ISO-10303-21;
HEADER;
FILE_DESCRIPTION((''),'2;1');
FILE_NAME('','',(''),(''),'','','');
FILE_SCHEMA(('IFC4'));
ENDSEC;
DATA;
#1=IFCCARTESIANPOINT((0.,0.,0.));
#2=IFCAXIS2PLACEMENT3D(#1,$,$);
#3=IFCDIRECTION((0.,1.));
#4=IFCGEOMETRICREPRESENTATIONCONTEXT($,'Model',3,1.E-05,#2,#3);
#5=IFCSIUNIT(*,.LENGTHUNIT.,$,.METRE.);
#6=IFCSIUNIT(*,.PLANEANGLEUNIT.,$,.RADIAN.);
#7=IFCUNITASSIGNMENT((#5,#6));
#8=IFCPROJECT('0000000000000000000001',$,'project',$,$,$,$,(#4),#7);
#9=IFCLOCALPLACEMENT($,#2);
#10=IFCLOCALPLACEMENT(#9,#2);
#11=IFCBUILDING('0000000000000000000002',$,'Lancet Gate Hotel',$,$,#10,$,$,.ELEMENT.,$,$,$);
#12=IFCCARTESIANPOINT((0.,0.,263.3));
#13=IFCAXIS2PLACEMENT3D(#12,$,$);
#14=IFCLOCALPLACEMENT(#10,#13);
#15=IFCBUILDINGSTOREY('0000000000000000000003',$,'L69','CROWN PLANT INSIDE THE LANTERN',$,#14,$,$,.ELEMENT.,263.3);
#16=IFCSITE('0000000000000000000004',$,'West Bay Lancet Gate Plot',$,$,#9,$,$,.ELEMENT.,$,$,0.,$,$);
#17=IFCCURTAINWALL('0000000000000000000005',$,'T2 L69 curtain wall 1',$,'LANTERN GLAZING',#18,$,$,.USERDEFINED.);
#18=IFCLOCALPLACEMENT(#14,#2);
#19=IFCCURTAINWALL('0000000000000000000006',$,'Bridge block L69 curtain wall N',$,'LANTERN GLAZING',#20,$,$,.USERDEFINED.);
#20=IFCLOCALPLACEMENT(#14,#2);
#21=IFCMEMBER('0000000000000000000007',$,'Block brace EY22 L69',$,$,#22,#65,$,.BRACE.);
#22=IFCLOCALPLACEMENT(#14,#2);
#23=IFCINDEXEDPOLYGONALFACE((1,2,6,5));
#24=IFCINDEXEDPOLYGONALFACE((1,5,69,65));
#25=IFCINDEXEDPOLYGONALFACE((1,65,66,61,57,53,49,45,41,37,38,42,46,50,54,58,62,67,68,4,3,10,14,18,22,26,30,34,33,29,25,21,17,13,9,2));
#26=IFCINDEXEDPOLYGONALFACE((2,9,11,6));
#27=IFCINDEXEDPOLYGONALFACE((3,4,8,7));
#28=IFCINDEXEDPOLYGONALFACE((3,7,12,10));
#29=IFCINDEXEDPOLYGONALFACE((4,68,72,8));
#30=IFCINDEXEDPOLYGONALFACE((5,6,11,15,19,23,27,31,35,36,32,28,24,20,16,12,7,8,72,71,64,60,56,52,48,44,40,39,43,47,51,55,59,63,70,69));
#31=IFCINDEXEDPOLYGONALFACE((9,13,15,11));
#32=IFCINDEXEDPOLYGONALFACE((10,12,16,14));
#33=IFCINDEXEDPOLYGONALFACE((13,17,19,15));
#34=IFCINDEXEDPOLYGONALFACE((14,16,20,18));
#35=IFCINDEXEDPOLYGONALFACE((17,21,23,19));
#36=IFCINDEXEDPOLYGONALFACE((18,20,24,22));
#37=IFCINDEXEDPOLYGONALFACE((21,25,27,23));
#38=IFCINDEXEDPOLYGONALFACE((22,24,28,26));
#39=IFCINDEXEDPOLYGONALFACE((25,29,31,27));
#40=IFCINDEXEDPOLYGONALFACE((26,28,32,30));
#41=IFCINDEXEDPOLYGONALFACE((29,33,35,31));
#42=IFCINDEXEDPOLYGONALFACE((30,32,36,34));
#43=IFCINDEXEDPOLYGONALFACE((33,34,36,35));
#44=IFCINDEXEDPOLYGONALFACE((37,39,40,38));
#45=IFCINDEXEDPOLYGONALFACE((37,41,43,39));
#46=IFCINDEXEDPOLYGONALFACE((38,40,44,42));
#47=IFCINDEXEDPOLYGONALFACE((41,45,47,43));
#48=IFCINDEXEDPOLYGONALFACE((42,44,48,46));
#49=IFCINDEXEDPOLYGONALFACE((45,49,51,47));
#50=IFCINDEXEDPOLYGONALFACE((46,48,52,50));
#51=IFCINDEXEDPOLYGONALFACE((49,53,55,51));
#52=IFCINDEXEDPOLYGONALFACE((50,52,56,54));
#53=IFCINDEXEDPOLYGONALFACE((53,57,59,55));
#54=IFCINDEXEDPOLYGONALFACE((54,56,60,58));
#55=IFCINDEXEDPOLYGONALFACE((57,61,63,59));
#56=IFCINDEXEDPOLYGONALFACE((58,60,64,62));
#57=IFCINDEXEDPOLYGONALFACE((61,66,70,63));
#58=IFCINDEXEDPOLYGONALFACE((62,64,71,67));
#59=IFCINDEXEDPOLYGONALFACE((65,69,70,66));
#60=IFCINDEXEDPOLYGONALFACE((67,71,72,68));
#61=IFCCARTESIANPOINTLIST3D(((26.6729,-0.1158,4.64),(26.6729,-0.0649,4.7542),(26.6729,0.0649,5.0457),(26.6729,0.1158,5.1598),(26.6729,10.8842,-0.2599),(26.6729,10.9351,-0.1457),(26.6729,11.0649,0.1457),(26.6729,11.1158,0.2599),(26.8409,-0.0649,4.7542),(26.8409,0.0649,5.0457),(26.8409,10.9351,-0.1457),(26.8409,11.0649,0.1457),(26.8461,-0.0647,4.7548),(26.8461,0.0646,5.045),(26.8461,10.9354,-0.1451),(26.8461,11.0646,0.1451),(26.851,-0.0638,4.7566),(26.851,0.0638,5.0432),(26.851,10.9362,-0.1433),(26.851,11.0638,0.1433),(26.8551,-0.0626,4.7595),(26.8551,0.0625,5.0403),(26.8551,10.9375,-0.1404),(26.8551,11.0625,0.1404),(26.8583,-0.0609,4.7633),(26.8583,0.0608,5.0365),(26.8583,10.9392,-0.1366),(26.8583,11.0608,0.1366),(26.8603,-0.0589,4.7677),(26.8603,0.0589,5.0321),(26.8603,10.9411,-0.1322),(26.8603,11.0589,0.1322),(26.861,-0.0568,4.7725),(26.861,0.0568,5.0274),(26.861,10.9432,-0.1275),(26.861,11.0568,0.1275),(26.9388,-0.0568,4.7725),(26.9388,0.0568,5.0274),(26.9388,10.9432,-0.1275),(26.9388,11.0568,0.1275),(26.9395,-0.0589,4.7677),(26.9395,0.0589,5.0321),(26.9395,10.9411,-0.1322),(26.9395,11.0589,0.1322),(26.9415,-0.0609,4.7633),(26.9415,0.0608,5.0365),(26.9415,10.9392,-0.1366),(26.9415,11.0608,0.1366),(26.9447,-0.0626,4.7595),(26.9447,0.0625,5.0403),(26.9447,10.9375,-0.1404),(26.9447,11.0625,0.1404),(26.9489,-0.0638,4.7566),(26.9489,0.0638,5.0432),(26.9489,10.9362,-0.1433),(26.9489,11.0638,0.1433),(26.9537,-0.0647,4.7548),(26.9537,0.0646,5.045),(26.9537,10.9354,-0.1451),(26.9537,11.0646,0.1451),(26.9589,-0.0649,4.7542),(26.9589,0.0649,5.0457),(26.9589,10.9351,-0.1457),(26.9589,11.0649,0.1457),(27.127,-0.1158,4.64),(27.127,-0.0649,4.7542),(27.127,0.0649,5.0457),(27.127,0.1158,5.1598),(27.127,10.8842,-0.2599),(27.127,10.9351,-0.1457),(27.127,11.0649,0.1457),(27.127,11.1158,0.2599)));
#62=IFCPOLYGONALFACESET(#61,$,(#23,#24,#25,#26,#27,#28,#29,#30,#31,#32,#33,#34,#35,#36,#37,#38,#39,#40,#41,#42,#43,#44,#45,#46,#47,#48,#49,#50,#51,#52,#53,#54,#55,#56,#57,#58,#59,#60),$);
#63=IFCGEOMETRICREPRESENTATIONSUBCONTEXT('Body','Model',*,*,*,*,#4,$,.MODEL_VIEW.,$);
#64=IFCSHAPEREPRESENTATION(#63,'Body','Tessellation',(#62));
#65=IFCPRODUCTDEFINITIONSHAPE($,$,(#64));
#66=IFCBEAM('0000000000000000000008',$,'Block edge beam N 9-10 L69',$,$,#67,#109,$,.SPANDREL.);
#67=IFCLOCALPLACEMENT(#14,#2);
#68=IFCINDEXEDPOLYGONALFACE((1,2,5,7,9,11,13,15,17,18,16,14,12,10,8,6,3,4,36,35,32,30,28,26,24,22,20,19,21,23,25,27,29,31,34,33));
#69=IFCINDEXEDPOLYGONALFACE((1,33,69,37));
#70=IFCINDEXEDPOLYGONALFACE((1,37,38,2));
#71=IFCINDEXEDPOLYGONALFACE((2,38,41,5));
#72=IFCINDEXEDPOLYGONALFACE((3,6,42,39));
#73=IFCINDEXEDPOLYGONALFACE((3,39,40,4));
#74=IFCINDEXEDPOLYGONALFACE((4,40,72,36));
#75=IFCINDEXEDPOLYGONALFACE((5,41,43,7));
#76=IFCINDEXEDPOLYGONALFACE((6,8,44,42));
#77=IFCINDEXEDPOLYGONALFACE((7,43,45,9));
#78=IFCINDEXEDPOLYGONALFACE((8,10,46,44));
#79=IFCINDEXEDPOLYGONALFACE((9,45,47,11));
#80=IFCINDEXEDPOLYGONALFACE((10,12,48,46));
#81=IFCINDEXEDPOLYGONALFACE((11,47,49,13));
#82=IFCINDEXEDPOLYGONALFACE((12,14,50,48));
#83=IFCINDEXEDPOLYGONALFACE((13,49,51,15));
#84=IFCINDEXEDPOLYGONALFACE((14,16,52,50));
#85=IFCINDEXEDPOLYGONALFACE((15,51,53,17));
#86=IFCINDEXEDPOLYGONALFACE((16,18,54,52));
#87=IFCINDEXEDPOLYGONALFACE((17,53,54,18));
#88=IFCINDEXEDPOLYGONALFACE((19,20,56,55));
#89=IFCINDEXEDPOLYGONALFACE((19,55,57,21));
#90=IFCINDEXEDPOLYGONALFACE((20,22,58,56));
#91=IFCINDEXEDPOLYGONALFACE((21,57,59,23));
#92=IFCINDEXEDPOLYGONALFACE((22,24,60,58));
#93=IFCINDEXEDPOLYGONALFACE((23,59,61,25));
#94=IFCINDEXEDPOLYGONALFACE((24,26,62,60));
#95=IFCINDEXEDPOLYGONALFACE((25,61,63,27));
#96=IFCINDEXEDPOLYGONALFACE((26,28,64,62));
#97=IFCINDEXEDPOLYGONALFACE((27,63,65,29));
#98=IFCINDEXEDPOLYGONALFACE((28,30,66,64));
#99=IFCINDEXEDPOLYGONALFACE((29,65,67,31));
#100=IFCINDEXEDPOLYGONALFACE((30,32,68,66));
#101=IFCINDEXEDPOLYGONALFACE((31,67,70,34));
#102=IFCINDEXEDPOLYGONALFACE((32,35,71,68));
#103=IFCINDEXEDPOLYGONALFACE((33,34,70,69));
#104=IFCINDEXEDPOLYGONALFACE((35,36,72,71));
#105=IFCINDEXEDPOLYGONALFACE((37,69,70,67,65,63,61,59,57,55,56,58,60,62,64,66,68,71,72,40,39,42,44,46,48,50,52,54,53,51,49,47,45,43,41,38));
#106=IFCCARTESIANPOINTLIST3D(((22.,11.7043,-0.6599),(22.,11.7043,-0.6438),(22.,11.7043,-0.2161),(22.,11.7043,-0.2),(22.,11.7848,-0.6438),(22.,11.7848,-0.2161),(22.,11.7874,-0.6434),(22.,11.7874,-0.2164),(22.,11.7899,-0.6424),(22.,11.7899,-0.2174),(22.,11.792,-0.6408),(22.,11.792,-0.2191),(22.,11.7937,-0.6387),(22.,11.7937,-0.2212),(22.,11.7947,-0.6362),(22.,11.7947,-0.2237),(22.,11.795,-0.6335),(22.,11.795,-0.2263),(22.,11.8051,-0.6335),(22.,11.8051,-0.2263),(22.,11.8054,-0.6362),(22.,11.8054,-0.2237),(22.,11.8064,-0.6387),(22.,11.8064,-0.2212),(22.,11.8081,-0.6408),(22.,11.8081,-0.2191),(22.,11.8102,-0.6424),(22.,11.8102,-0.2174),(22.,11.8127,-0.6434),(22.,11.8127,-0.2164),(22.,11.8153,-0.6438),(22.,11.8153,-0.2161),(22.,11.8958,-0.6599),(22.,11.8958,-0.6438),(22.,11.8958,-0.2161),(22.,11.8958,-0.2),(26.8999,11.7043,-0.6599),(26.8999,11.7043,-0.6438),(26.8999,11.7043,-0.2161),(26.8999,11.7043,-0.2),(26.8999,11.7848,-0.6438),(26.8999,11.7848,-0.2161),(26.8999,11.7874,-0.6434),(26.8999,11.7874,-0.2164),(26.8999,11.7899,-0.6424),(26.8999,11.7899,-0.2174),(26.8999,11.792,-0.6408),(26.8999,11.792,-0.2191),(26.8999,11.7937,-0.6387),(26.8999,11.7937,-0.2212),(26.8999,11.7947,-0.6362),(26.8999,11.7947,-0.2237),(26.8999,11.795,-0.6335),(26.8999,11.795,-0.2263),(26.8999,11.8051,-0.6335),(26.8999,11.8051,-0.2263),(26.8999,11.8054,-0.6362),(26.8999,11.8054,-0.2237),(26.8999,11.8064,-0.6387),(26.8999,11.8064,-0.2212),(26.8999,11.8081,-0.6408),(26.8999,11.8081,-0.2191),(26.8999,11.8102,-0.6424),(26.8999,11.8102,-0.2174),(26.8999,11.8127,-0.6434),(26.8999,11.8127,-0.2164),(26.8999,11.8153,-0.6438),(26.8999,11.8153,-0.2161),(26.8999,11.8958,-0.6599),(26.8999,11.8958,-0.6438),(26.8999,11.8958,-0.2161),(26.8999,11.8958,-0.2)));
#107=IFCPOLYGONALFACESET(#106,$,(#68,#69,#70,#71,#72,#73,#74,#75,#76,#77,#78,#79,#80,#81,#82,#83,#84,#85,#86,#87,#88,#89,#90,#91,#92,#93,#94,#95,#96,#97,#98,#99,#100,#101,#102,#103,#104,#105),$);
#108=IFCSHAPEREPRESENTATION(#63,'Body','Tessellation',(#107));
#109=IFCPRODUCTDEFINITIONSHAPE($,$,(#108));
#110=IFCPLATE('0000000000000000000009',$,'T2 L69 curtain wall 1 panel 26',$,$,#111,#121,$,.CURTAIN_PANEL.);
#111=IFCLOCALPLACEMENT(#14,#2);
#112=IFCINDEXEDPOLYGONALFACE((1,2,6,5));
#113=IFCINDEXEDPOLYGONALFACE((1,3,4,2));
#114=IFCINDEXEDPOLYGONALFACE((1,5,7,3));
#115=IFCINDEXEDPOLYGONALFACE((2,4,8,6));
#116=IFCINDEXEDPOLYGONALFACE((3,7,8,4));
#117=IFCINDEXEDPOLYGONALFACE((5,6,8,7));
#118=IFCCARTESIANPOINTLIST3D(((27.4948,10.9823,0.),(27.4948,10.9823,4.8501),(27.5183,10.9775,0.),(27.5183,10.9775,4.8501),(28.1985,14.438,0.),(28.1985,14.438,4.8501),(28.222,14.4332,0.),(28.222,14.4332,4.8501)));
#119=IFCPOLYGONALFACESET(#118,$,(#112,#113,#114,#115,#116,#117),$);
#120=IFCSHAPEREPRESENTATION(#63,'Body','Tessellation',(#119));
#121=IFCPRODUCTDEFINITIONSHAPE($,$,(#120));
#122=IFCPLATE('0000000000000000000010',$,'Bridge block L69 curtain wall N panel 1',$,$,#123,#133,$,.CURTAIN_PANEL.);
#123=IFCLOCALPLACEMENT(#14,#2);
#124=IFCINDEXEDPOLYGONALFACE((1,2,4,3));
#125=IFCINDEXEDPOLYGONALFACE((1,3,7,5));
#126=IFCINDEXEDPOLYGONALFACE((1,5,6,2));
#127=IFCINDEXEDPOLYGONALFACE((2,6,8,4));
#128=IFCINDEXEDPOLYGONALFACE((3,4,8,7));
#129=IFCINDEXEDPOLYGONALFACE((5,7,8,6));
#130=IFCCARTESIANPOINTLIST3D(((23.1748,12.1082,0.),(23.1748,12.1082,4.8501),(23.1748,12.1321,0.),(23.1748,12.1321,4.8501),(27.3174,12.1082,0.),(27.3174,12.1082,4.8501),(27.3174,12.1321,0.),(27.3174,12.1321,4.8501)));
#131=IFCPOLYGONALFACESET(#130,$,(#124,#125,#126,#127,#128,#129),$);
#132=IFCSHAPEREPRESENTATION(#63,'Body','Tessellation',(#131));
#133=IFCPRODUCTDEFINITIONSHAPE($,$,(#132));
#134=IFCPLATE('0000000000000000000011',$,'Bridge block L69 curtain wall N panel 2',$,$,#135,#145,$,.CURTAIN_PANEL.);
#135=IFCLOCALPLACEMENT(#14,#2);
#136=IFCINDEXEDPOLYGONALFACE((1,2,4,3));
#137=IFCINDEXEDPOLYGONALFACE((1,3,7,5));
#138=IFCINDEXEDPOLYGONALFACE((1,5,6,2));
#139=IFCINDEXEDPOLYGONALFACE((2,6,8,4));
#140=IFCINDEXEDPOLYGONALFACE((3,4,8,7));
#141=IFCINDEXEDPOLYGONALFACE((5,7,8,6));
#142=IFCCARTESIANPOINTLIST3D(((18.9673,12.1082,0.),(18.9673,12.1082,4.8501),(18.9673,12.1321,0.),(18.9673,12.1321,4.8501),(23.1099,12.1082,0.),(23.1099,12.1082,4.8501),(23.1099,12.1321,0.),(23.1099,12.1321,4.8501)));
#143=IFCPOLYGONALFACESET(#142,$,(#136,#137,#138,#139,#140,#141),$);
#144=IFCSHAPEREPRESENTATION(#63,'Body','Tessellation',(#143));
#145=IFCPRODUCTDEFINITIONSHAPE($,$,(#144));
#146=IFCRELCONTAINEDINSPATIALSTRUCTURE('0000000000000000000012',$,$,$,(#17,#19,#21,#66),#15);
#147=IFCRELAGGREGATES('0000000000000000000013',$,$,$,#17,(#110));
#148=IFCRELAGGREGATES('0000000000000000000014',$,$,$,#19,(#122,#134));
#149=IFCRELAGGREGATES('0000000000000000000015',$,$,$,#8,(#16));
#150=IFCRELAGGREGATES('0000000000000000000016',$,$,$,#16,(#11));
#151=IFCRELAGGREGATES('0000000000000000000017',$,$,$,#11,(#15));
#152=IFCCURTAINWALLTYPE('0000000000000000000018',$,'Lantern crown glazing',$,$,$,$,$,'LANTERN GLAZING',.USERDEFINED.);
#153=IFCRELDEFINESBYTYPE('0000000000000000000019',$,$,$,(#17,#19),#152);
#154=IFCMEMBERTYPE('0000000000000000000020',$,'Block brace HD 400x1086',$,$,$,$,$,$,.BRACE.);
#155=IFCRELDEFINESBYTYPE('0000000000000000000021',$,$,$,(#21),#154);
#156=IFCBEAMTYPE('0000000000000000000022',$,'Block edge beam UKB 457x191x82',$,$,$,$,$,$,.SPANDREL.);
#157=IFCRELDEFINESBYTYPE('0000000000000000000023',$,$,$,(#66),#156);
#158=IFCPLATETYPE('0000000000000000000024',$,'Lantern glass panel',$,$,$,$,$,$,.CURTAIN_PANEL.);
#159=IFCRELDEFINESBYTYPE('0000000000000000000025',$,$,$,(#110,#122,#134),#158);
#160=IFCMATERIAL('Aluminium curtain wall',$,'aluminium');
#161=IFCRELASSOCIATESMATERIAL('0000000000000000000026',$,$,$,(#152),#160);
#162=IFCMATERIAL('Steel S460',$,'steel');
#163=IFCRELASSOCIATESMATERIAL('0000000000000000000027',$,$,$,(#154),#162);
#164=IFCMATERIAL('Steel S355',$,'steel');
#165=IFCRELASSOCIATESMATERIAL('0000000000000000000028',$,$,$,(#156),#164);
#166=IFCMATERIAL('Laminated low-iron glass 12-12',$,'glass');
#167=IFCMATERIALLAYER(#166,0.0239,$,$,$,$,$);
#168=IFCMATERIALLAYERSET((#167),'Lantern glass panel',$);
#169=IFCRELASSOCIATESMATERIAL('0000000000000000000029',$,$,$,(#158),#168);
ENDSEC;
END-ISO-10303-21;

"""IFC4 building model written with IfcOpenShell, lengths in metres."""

from ifc_helpers import new_model, si_unit, direction, frame, origin, origin_2d, place, context, subcontext, project, spatial, rectangle, i_section, extrude, material, layer, layer_set, material_profile, profile_set, type_object, element, aggregate, save


model = new_model("IFC4")

# Units and contexts
model_context = context("Model", 3, precision=1e-05, world=origin(), true_north=direction((0.0, 1.0)))
body_context = subcontext(model_context, "Body", "Model", "MODEL_VIEW")
ifc_project = project(units=[si_unit("LENGTHUNIT", "METRE"), si_unit("PLANEANGLEUNIT", "RADIAN")], contexts=[model_context])

# Site, building, storey
site_placement = place(None, origin())
site = spatial("IfcSite", under=ifc_project, at=site_placement, Name="West Bay Lancet Gate Plot", CompositionType="ELEMENT", RefElevation=0.0)
building_placement = place(site_placement, origin())
building = spatial("IfcBuilding", under=site, at=building_placement, Name="Lancet Gate Hotel", CompositionType="ELEMENT")
storey_placement = place(building_placement, frame((0.0, 0.0, 263.3)))
storey = spatial("IfcBuildingStorey", under=building, at=storey_placement, Name="L69", Description="CROWN PLANT INSIDE THE LANTERN", CompositionType="ELEMENT", Elevation=263.3)

# Curtain wall
ifc_material_1 = material(Name="Aluminium curtain wall", Category="aluminium")
curtain_wall_type = type_object("IfcCurtainWallType", Name="Lantern crown glazing", ElementType="LANTERN GLAZING", PredefinedType="USERDEFINED", material=ifc_material_1)
curtain_wall_1_placement = place(storey_placement, origin())
curtain_wall_1 = element("IfcCurtainWall", 1, at=curtain_wall_1_placement, inside=storey, type_object=curtain_wall_type, Name="T2 L69 curtain wall 1", ObjectType="LANTERN GLAZING", PredefinedType="USERDEFINED")

# Curtain wall
curtain_wall_2_placement = place(storey_placement, origin())
curtain_wall_2 = element("IfcCurtainWall", 2, at=curtain_wall_2_placement, inside=storey, type_object=curtain_wall_type, Name="Bridge block L69 curtain wall N", ObjectType="LANTERN GLAZING", PredefinedType="USERDEFINED")

# Member
ifc_material_2 = material(Name="Steel S460", Category="steel")
ifc_material_profile_1 = material_profile(ifc_material_2, i_section(OverallWidth=0.4541, OverallDepth=0.5691, WebThickness=0.0779, FlangeThickness=0.125, FilletRadius=0.02, at=origin_2d()), Name="HD 400x1086")
ifc_profile_set_1 = profile_set([ifc_material_profile_1], Name="Steel S460")
member_type_1 = type_object("IfcMemberType", Name="Block brace HD 400x1086", PredefinedType="BRACE", material=ifc_profile_set_1)
member_1_placement = place(storey_placement, frame((26.8999, 11.0, 0.0), z_axis=(0.0, -0.913472, 0.406902), x_axis=(1.0, 0.0, 0.0)))
element("IfcMember", 3, at=member_1_placement, inside=storey, type_object=member_type_1, Name="Block brace EY22 L69", PredefinedType="BRACE", context=body_context, shape_type="SweptSolid", body=[
    extrude(i_section(OverallWidth=0.4541, OverallDepth=0.5691, WebThickness=0.0779, FlangeThickness=0.125, FilletRadius=0.02, at=origin_2d()), origin(), (0.0, 0.0, 1.0), 12.042),
])

# Beam
ifc_material_3 = material(Name="Steel S355", Category="steel")
ifc_material_profile_2 = material_profile(ifc_material_3, i_section(OverallWidth=0.1914, OverallDepth=0.46, WebThickness=0.01, FlangeThickness=0.0161, FilletRadius=0.0103, at=origin_2d()), Name="UKB 457x191x82")
ifc_profile_set_2 = profile_set([ifc_material_profile_2], Name="Steel S355")
beam_type = type_object("IfcBeamType", Name="Block edge beam UKB 457x191x82", PredefinedType="SPANDREL", material=ifc_profile_set_2)
beam_placement = place(storey_placement, frame((22.0, 11.8, -0.4299), z_axis=(1.0, 0.0, 0.0), x_axis=(0.0, 1.0, 0.0)))
element("IfcBeam", 4, at=beam_placement, inside=storey, type_object=beam_type, Name="Block edge beam N 9-10 L69", PredefinedType="SPANDREL", context=body_context, shape_type="SweptSolid", body=[
    extrude(i_section(OverallWidth=0.1914, OverallDepth=0.46, WebThickness=0.01, FlangeThickness=0.0161, FilletRadius=0.0103, at=origin_2d()), origin(), (0.0, 0.0, 1.0), 4.8999),
])

# Plates
ifc_material_4 = material(Name="Laminated low-iron glass 12-12", Category="glass")
ifc_layer_1 = layer(ifc_material_4, 0.0239)
ifc_layer_set_1 = layer_set([ifc_layer_1], Name="Lantern glass panel")
plate_type = type_object("IfcPlateType", Name="Lantern glass panel", PredefinedType="CURTAIN_PANEL", material=ifc_layer_set_1)
plate_1_placement = place(storey_placement, frame((27.8584, 12.7078, 0.0), z_axis=(0.0, 0.0, 1.0), x_axis=(-0.199533, -0.979891, 0.0)))
plate_1 = element("IfcPlate", 5, at=plate_1_placement, type_object=plate_type, Name="T2 L69 curtain wall 1 panel 26", PredefinedType="CURTAIN_PANEL", context=body_context, shape_type="SweptSolid", body=[
    extrude(rectangle(XDim=3.5266, YDim=0.0239, at=origin_2d()), origin(), (0.0, 0.0, 1.0), 4.8501),
])
aggregate(curtain_wall_1, [plate_1])
plate_2_placement = place(storey_placement, frame((25.2461, 12.1201, 0.0), z_axis=(0.0, 0.0, 1.0), x_axis=(-1.0, 0.0, 0.0)))
plate_2 = element("IfcPlate", 6, at=plate_2_placement, type_object=plate_type, Name="Bridge block L69 curtain wall N panel 1", PredefinedType="CURTAIN_PANEL", context=body_context, shape_type="SweptSolid", body=[
    extrude(rectangle(XDim=4.1426, YDim=0.0239, at=origin_2d()), origin(), (0.0, 0.0, 1.0), 4.8501),
])
plate_3_placement = place(storey_placement, frame((21.0386, 12.1201, 0.0), z_axis=(0.0, 0.0, 1.0), x_axis=(-1.0, 0.0, 0.0)))
plate_3 = element("IfcPlate", 7, at=plate_3_placement, type_object=plate_type, Name="Bridge block L69 curtain wall N panel 2", PredefinedType="CURTAIN_PANEL", context=body_context, shape_type="SweptSolid", body=[
    extrude(rectangle(XDim=4.1426, YDim=0.0239, at=origin_2d()), origin(), (0.0, 0.0, 1.0), 4.8501),
])
aggregate(curtain_wall_2, [plate_2, plate_3])

save(model, "model.ifc")
